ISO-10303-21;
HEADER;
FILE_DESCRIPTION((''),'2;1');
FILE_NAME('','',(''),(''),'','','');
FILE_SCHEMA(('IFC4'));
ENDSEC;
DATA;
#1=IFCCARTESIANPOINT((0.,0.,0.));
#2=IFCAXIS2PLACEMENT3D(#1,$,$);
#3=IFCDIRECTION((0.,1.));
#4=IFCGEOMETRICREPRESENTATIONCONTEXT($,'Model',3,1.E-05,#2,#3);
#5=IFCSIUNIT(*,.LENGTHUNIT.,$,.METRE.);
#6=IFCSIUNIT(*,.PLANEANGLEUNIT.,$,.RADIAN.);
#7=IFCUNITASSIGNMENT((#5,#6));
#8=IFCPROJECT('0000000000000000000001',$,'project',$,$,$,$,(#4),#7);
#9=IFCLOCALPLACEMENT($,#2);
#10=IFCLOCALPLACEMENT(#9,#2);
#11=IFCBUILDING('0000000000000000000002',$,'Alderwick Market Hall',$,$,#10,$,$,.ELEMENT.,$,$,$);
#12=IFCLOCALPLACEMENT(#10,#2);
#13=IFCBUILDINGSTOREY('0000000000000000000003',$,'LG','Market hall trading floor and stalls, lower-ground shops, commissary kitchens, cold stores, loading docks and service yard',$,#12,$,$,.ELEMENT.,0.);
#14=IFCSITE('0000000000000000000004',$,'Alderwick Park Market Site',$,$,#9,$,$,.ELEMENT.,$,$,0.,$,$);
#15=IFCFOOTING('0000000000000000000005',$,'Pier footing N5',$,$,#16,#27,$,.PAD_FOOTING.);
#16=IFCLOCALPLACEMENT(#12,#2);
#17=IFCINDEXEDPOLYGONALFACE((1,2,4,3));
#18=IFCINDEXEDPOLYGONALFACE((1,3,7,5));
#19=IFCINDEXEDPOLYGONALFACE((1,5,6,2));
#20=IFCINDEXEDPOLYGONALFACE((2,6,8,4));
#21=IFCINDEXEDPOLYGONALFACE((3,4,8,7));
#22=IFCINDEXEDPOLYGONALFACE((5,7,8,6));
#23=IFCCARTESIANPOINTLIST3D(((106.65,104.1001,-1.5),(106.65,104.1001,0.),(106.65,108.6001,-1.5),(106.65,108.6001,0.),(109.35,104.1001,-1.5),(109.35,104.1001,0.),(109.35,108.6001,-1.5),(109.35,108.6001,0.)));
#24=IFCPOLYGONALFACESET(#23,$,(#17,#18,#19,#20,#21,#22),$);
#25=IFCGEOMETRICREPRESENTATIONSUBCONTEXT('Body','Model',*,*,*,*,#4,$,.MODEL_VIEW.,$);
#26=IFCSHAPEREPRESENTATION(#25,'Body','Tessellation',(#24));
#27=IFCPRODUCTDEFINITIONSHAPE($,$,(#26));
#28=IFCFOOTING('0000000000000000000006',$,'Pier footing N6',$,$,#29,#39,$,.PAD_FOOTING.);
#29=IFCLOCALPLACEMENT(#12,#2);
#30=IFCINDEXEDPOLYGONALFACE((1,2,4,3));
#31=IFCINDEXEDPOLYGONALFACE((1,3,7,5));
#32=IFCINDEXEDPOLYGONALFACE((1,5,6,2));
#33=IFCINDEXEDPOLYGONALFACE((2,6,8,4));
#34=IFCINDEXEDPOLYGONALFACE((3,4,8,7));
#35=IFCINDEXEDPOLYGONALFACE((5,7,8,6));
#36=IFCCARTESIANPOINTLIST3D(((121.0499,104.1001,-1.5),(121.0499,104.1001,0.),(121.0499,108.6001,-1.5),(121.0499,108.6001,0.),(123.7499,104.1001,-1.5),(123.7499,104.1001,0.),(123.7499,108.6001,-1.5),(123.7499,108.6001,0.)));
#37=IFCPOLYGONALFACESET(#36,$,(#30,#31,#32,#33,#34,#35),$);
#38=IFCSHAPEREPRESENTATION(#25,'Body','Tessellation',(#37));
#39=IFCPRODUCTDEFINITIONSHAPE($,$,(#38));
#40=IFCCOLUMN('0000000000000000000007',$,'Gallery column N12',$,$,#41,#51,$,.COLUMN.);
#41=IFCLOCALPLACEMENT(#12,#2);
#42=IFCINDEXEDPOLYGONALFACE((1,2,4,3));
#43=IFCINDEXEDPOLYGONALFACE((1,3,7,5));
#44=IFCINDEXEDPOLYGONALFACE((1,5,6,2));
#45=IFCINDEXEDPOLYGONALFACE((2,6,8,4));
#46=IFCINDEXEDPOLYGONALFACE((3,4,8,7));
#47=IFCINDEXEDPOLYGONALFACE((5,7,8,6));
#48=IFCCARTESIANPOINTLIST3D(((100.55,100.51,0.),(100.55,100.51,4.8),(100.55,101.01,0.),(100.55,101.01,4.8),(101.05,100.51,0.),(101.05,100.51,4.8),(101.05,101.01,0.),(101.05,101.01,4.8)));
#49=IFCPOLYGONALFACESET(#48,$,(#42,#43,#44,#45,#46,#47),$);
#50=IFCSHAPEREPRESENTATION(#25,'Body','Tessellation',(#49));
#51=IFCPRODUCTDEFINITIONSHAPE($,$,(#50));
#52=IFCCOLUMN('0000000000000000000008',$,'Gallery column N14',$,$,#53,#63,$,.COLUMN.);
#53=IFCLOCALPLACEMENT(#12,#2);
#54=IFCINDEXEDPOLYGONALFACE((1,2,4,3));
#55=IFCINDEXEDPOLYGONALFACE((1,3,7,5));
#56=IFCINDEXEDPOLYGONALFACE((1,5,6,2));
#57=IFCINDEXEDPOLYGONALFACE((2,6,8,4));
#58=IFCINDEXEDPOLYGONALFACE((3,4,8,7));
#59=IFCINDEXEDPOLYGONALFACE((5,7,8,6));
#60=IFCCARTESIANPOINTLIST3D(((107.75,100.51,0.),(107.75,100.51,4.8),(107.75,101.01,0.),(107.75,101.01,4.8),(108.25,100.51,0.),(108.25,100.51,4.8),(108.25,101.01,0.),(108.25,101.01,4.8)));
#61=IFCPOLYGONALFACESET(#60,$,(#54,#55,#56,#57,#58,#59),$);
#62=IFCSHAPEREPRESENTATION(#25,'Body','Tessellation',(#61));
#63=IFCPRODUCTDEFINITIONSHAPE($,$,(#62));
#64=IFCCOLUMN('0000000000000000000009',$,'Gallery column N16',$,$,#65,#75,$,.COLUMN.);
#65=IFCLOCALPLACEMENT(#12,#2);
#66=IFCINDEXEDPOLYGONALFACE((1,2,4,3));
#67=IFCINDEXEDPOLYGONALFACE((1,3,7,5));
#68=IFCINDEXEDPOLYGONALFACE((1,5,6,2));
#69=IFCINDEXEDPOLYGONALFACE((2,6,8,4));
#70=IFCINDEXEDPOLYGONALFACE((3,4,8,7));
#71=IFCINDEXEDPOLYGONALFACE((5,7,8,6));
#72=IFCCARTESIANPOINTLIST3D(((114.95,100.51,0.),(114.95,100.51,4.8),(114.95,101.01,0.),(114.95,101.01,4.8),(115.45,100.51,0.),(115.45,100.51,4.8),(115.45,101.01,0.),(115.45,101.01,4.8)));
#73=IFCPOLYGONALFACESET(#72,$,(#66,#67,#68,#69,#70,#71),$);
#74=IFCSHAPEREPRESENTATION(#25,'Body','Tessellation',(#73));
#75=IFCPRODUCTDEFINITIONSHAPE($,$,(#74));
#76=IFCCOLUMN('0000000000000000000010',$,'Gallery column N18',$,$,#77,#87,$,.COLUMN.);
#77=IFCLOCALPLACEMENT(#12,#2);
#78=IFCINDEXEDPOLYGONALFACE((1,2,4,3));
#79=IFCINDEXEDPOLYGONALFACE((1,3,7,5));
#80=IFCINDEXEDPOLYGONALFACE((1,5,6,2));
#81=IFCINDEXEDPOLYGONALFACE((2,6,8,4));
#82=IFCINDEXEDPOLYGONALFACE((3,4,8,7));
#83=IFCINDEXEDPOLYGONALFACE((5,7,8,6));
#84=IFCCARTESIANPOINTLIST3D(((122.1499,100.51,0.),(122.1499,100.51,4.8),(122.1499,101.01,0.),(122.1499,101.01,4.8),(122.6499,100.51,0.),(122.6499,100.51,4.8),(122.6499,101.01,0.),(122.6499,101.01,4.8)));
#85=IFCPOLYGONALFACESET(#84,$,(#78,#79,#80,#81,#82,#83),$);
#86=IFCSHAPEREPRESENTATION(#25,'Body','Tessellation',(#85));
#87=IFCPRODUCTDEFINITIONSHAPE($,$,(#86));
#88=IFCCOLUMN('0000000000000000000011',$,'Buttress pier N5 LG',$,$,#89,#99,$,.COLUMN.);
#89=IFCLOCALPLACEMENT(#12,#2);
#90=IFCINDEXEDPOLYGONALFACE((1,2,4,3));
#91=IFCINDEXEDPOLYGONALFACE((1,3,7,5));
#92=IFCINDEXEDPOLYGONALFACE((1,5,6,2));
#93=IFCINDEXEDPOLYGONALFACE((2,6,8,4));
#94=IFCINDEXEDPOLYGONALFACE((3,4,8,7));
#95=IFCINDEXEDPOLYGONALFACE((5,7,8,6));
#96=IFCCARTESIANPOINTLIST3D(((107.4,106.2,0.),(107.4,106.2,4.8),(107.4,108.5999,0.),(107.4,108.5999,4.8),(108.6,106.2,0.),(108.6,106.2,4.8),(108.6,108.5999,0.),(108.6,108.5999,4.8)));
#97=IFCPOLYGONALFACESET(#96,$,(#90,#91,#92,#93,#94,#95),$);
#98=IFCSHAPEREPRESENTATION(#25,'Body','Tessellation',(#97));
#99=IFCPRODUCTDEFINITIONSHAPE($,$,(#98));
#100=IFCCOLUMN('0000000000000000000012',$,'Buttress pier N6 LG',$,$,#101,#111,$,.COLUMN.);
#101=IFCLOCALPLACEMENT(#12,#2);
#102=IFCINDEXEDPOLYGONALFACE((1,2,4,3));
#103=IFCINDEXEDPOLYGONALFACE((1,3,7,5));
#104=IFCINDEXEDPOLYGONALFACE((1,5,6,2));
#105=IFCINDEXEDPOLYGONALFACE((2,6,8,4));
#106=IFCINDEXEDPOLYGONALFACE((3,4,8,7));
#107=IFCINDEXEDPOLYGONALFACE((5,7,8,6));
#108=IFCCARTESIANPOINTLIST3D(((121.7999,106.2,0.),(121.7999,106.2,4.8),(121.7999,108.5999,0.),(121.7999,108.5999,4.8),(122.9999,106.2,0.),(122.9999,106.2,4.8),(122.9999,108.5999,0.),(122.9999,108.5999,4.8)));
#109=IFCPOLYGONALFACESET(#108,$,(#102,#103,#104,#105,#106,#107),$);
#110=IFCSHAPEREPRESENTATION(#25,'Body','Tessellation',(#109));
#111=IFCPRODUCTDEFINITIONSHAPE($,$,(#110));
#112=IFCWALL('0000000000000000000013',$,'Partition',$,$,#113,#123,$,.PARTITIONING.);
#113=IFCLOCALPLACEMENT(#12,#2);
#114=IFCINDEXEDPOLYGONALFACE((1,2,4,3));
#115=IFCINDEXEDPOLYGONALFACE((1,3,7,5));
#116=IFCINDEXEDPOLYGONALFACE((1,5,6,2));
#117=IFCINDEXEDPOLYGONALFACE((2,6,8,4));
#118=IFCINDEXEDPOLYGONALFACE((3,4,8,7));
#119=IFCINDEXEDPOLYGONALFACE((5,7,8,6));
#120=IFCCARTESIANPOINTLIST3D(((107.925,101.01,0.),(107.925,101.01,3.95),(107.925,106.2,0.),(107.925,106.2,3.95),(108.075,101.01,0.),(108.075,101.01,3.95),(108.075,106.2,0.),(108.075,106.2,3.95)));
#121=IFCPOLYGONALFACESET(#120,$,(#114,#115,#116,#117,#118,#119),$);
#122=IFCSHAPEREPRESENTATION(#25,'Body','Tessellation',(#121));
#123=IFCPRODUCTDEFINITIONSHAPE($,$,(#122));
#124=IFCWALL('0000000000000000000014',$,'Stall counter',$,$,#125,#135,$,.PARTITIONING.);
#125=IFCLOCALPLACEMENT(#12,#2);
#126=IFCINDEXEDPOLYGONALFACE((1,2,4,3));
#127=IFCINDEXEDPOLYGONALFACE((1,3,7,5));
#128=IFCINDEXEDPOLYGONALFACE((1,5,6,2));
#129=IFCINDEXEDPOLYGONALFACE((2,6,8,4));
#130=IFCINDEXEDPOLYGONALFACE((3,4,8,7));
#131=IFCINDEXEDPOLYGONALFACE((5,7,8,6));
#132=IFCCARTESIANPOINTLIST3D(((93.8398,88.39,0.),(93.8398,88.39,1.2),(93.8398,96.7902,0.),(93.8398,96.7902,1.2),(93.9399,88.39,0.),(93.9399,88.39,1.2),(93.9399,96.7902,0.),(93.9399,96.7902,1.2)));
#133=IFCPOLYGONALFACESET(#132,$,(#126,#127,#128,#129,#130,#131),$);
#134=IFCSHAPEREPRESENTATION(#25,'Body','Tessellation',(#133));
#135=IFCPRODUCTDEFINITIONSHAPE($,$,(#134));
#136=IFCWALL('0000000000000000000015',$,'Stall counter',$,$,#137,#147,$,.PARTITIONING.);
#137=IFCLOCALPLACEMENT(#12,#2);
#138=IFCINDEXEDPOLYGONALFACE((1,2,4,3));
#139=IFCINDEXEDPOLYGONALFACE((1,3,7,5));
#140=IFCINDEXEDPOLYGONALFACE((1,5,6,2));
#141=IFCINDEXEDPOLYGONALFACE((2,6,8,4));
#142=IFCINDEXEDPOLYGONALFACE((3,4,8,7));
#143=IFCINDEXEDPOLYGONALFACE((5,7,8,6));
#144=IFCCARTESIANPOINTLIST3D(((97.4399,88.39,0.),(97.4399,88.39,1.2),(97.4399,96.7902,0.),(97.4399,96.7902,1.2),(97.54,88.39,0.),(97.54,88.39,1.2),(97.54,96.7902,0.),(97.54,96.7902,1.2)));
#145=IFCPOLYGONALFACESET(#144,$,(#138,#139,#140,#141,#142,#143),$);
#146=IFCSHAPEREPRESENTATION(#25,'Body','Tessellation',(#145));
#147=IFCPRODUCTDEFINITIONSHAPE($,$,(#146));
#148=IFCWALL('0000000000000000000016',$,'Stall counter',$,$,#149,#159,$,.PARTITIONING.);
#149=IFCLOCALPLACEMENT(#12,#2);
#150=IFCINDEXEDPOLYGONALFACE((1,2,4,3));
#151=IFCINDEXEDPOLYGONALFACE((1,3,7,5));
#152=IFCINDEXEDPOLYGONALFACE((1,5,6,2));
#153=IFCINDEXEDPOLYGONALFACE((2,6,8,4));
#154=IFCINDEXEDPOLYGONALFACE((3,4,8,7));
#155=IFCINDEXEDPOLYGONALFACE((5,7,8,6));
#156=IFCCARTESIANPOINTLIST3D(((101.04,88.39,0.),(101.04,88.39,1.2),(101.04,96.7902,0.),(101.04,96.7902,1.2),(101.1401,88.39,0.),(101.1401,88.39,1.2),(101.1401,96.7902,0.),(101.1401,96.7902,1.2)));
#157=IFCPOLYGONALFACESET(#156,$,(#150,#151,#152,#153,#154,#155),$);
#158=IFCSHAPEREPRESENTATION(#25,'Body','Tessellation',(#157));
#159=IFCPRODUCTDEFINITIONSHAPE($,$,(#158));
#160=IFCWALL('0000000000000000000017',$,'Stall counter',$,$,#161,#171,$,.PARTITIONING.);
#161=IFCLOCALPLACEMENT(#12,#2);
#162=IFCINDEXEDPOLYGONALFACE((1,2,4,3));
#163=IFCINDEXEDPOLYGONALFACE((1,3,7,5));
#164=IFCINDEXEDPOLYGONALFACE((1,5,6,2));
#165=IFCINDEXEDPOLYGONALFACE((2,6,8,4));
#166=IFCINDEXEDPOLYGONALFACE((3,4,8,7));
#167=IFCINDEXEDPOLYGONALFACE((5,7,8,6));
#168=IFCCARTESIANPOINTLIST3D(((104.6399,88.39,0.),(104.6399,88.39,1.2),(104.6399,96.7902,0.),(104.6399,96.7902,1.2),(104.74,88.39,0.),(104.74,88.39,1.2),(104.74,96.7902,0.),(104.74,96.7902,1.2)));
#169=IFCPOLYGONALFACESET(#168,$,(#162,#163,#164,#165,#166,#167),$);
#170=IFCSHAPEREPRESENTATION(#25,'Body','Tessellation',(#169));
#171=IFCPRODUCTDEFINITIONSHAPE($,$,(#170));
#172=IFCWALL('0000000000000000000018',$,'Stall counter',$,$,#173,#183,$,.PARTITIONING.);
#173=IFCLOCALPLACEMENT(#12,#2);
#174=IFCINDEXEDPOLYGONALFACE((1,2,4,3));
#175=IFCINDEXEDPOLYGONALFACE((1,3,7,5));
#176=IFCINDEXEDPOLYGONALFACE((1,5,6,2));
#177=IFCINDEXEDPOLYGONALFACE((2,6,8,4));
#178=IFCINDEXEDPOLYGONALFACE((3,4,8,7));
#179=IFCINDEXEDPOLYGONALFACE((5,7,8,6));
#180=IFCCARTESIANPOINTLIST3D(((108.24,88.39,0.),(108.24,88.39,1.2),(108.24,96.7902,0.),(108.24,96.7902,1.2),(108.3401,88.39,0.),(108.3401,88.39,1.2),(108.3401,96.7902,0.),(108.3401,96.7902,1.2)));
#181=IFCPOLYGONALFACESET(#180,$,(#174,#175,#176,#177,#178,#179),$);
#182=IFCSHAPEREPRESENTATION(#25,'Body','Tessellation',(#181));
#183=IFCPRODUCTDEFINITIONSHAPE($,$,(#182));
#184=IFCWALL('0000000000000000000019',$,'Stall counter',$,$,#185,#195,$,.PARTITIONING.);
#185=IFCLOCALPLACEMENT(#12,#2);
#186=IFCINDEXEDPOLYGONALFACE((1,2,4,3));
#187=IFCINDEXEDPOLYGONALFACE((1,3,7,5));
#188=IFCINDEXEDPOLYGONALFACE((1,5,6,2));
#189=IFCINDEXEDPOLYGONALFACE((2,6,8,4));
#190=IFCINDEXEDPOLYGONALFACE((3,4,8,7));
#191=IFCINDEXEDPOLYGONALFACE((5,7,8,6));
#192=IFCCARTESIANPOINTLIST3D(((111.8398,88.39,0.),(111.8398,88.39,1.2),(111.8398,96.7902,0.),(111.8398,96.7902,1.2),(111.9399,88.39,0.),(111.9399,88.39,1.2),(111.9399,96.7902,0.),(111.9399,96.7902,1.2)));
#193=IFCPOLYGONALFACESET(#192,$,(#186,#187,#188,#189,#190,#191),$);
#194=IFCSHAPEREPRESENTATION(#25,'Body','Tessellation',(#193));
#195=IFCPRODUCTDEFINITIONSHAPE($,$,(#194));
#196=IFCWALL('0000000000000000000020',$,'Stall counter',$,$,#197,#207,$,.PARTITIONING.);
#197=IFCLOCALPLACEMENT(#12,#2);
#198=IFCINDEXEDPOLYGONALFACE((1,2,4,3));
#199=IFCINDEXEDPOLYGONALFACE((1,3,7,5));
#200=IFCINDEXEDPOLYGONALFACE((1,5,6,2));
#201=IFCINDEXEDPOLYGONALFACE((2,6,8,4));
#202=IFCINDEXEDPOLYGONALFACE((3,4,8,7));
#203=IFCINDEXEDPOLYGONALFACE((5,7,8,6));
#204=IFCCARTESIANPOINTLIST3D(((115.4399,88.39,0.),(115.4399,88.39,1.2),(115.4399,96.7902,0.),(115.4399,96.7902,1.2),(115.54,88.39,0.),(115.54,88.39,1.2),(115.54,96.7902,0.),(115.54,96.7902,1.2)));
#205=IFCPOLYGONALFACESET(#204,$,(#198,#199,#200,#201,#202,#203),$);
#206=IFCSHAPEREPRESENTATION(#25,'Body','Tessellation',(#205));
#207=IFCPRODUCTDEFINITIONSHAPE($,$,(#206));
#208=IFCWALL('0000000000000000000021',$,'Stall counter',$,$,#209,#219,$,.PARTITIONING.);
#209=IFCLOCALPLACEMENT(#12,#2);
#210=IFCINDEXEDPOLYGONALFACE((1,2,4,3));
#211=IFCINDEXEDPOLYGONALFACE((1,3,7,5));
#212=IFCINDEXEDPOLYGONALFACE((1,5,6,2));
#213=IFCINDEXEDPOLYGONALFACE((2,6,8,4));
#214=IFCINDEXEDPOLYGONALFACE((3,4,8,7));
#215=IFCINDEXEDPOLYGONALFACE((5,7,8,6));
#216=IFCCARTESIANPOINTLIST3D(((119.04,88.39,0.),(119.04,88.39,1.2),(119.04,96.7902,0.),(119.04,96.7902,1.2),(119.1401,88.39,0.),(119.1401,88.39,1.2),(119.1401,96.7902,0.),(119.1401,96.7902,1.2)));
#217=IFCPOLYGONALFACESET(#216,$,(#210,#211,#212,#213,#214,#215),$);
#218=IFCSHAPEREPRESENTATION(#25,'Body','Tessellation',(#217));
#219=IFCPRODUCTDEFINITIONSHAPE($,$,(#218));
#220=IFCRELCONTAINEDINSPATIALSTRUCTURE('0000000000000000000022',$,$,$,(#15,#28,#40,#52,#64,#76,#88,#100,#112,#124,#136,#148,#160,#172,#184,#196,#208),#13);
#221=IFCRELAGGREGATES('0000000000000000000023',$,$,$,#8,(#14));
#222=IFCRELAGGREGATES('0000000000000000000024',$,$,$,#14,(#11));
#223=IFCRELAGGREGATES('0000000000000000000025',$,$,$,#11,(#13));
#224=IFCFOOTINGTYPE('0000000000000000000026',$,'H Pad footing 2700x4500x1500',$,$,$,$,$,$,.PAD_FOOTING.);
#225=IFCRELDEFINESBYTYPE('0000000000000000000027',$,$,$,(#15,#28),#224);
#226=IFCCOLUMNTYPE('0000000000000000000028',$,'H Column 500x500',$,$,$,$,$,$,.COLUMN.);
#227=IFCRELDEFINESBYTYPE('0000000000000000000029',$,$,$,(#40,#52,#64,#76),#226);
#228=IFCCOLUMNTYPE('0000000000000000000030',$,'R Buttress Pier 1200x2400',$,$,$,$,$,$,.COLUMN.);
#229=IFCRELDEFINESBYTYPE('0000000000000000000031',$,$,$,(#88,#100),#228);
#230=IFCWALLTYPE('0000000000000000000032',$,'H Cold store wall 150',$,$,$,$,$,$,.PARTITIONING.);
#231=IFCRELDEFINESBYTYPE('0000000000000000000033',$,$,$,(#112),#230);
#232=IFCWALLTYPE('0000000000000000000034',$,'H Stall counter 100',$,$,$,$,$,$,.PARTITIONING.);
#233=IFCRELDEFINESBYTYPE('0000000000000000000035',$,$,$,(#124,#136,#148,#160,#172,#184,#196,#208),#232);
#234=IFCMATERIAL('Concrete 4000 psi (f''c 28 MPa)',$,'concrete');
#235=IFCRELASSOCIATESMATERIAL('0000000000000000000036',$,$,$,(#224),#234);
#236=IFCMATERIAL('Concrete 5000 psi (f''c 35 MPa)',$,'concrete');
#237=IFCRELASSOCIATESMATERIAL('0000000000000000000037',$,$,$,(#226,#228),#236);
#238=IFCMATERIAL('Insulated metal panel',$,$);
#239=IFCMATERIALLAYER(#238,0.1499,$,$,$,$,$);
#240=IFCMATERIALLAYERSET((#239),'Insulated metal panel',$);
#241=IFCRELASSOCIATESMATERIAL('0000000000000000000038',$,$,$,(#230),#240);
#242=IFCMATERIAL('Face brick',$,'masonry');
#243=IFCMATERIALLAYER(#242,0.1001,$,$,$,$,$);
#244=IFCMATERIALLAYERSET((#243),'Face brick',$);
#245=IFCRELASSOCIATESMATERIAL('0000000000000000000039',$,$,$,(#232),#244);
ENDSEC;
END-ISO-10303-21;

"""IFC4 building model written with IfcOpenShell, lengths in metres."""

from ifc_helpers import new_model, si_unit, direction, frame, frame_2d, origin, origin_2d, place, context, subcontext, project, spatial, rectangle, extrude, material, layer, layer_set, material_profile, profile_set, type_object, element, save


model = new_model("IFC4")

# Units and contexts
model_context = context("Model", 3, precision=1e-05, world=origin(), true_north=direction((0.0, 1.0)))
body_context = subcontext(model_context, "Body", "Model", "MODEL_VIEW")
ifc_project = project(units=[si_unit("LENGTHUNIT", "METRE"), si_unit("PLANEANGLEUNIT", "RADIAN")], contexts=[model_context])

# Site, building, storey
site_placement = place(None, origin())
site = spatial("IfcSite", under=ifc_project, at=site_placement, Name="Alderwick Park Market Site", CompositionType="ELEMENT", RefElevation=0.0)
building_placement = place(site_placement, origin())
building = spatial("IfcBuilding", under=site, at=building_placement, Name="Alderwick Market Hall", CompositionType="ELEMENT")
storey_placement = place(building_placement, origin())
storey = spatial("IfcBuildingStorey", under=building, at=storey_placement, Name="LG", Description="Market hall trading floor and stalls, lower-ground shops, commissary kitchens, cold stores, loading docks and service yard", CompositionType="ELEMENT", Elevation=0.0)

# Footings
ifc_material_1 = material(Name="Concrete 4000 psi (f'c 28 MPa)", Category="concrete")
footing_type = type_object("IfcFootingType", Name="H Pad footing 2700x4500x1500", PredefinedType="PAD_FOOTING", material=ifc_material_1)
for number, where, z_axis, x_axis, name in (
    (1, (108.0, 106.3501, -1.5), (0.0, 0.0, 1.0), (1.0, 0.0, 0.0), "Pier footing N5"),
    (2, (122.3999, 106.3501, -1.5), (0.0, 0.0, 1.0), (1.0, 0.0, 0.0), "Pier footing N6"),
):
    element("IfcFooting", number, at=place(storey_placement, frame(where, z_axis=z_axis, x_axis=x_axis)), inside=storey, type_object=footing_type, Name=name, PredefinedType="PAD_FOOTING", context=body_context, shape_type="SweptSolid", body=[
        extrude(rectangle(XDim=2.7, YDim=4.5, at=origin_2d()), origin(), (0.0, 0.0, 1.0), 1.5),
    ])

# Columns
ifc_material_2 = material(Name="Concrete 5000 psi (f'c 35 MPa)", Category="concrete")
ifc_material_profile_1 = material_profile(ifc_material_2, rectangle(XDim=0.5, YDim=0.5, at=origin_2d()), Name="RC 500x500")
ifc_profile_set_1 = profile_set([ifc_material_profile_1], Name="Concrete 5000 psi (f'c 35 MPa)")
column_type_1 = type_object("IfcColumnType", Name="H Column 500x500", PredefinedType="COLUMN", material=ifc_profile_set_1)
for number, where, z_axis, x_axis, name in (
    (3, (100.8, 100.76, 0.0), (0.0, 0.0, 1.0), (1.0, 0.0, 0.0), "Gallery column N12"),
    (4, (108.0, 100.76, 0.0), (0.0, 0.0, 1.0), (1.0, 0.0, 0.0), "Gallery column N14"),
    (5, (115.2, 100.76, 0.0), (0.0, 0.0, 1.0), (1.0, 0.0, 0.0), "Gallery column N16"),
    (6, (122.3999, 100.76, 0.0), (0.0, 0.0, 1.0), (1.0, 0.0, 0.0), "Gallery column N18"),
):
    element("IfcColumn", number, at=place(storey_placement, frame(where, z_axis=z_axis, x_axis=x_axis)), inside=storey, type_object=column_type_1, Name=name, PredefinedType="COLUMN", context=body_context, shape_type="SweptSolid", body=[
        extrude(rectangle(XDim=0.5, YDim=0.5, at=origin_2d()), origin(), (0.0, 0.0, 1.0), 4.8),
    ])
ifc_material_profile_2 = material_profile(ifc_material_2, rectangle(XDim=1.2, YDim=2.3999, at=origin_2d()), Name="RC 1200x2400")
ifc_profile_set_2 = profile_set([ifc_material_profile_2], Name="Concrete 5000 psi (f'c 35 MPa)")
column_type_2 = type_object("IfcColumnType", Name="R Buttress Pier 1200x2400", PredefinedType="COLUMN", material=ifc_profile_set_2)
for number, where, z_axis, x_axis, name in (
    (7, (108.0, 107.3999, 0.0), (0.0, 0.0, 1.0), (1.0, 0.0, 0.0), "Buttress pier N5 LG"),
    (8, (122.3999, 107.3999, 0.0), (0.0, 0.0, 1.0), (1.0, 0.0, 0.0), "Buttress pier N6 LG"),
):
    element("IfcColumn", number, at=place(storey_placement, frame(where, z_axis=z_axis, x_axis=x_axis)), inside=storey, type_object=column_type_2, Name=name, PredefinedType="COLUMN", context=body_context, shape_type="SweptSolid", body=[
        extrude(rectangle(XDim=1.2, YDim=2.3999, at=origin_2d()), origin(), (0.0, 0.0, 1.0), 4.8),
    ])

# Walls
ifc_material_3 = material(Name="Insulated metal panel")
ifc_layer_1 = layer(ifc_material_3, 0.1499)
ifc_layer_set_1 = layer_set([ifc_layer_1], Name="Insulated metal panel")
wall_type_1 = type_object("IfcWallType", Name="H Cold store wall 150", PredefinedType="PARTITIONING", material=ifc_layer_set_1)
wall_1_placement = place(storey_placement, frame((108.0, 106.2, 0.0), z_axis=(0.0, 0.0, 1.0), x_axis=(0.0, -1.0, 0.0)))
element("IfcWall", 9, at=wall_1_placement, inside=storey, type_object=wall_type_1, Name="Partition", PredefinedType="PARTITIONING", context=body_context, shape_type="SweptSolid", body=[
    extrude(rectangle(XDim=5.1899, YDim=0.1499, at=frame_2d((2.595, 0.0))), origin(), (0.0, 0.0, 1.0), 3.95),
])
ifc_material_4 = material(Name="Face brick", Category="masonry")
ifc_layer_2 = layer(ifc_material_4, 0.1001)
ifc_layer_set_2 = layer_set([ifc_layer_2], Name="Face brick")
wall_type_2 = type_object("IfcWallType", Name="H Stall counter 100", PredefinedType="PARTITIONING", material=ifc_layer_set_2)
for number, where, z_axis, x_axis, name in (
    (10, (93.8899, 88.3899, 0.0), (0.0, 0.0, 1.0), (0.0, 1.0, 0.0), "Stall counter"),
    (11, (97.49, 88.3899, 0.0), (0.0, 0.0, 1.0), (0.0, 1.0, 0.0), "Stall counter"),
    (12, (101.0901, 88.3899, 0.0), (0.0, 0.0, 1.0), (0.0, 1.0, 0.0), "Stall counter"),
    (13, (104.6899, 88.3899, 0.0), (0.0, 0.0, 1.0), (0.0, 1.0, 0.0), "Stall counter"),
    (14, (108.29, 88.3899, 0.0), (0.0, 0.0, 1.0), (0.0, 1.0, 0.0), "Stall counter"),
    (15, (111.8899, 88.3899, 0.0), (0.0, 0.0, 1.0), (0.0, 1.0, 0.0), "Stall counter"),
    (16, (115.49, 88.3899, 0.0), (0.0, 0.0, 1.0), (0.0, 1.0, 0.0), "Stall counter"),
    (17, (119.0901, 88.3899, 0.0), (0.0, 0.0, 1.0), (0.0, 1.0, 0.0), "Stall counter"),
):
    element("IfcWall", number, at=place(storey_placement, frame(where, z_axis=z_axis, x_axis=x_axis)), inside=storey, type_object=wall_type_2, Name=name, PredefinedType="PARTITIONING", context=body_context, shape_type="SweptSolid", body=[
        extrude(rectangle(XDim=8.4001, YDim=0.1001, at=frame_2d((4.2002, 0.0))), origin(), (0.0, 0.0, 1.0), 1.2),
    ])

save(model, "model.ifc")
